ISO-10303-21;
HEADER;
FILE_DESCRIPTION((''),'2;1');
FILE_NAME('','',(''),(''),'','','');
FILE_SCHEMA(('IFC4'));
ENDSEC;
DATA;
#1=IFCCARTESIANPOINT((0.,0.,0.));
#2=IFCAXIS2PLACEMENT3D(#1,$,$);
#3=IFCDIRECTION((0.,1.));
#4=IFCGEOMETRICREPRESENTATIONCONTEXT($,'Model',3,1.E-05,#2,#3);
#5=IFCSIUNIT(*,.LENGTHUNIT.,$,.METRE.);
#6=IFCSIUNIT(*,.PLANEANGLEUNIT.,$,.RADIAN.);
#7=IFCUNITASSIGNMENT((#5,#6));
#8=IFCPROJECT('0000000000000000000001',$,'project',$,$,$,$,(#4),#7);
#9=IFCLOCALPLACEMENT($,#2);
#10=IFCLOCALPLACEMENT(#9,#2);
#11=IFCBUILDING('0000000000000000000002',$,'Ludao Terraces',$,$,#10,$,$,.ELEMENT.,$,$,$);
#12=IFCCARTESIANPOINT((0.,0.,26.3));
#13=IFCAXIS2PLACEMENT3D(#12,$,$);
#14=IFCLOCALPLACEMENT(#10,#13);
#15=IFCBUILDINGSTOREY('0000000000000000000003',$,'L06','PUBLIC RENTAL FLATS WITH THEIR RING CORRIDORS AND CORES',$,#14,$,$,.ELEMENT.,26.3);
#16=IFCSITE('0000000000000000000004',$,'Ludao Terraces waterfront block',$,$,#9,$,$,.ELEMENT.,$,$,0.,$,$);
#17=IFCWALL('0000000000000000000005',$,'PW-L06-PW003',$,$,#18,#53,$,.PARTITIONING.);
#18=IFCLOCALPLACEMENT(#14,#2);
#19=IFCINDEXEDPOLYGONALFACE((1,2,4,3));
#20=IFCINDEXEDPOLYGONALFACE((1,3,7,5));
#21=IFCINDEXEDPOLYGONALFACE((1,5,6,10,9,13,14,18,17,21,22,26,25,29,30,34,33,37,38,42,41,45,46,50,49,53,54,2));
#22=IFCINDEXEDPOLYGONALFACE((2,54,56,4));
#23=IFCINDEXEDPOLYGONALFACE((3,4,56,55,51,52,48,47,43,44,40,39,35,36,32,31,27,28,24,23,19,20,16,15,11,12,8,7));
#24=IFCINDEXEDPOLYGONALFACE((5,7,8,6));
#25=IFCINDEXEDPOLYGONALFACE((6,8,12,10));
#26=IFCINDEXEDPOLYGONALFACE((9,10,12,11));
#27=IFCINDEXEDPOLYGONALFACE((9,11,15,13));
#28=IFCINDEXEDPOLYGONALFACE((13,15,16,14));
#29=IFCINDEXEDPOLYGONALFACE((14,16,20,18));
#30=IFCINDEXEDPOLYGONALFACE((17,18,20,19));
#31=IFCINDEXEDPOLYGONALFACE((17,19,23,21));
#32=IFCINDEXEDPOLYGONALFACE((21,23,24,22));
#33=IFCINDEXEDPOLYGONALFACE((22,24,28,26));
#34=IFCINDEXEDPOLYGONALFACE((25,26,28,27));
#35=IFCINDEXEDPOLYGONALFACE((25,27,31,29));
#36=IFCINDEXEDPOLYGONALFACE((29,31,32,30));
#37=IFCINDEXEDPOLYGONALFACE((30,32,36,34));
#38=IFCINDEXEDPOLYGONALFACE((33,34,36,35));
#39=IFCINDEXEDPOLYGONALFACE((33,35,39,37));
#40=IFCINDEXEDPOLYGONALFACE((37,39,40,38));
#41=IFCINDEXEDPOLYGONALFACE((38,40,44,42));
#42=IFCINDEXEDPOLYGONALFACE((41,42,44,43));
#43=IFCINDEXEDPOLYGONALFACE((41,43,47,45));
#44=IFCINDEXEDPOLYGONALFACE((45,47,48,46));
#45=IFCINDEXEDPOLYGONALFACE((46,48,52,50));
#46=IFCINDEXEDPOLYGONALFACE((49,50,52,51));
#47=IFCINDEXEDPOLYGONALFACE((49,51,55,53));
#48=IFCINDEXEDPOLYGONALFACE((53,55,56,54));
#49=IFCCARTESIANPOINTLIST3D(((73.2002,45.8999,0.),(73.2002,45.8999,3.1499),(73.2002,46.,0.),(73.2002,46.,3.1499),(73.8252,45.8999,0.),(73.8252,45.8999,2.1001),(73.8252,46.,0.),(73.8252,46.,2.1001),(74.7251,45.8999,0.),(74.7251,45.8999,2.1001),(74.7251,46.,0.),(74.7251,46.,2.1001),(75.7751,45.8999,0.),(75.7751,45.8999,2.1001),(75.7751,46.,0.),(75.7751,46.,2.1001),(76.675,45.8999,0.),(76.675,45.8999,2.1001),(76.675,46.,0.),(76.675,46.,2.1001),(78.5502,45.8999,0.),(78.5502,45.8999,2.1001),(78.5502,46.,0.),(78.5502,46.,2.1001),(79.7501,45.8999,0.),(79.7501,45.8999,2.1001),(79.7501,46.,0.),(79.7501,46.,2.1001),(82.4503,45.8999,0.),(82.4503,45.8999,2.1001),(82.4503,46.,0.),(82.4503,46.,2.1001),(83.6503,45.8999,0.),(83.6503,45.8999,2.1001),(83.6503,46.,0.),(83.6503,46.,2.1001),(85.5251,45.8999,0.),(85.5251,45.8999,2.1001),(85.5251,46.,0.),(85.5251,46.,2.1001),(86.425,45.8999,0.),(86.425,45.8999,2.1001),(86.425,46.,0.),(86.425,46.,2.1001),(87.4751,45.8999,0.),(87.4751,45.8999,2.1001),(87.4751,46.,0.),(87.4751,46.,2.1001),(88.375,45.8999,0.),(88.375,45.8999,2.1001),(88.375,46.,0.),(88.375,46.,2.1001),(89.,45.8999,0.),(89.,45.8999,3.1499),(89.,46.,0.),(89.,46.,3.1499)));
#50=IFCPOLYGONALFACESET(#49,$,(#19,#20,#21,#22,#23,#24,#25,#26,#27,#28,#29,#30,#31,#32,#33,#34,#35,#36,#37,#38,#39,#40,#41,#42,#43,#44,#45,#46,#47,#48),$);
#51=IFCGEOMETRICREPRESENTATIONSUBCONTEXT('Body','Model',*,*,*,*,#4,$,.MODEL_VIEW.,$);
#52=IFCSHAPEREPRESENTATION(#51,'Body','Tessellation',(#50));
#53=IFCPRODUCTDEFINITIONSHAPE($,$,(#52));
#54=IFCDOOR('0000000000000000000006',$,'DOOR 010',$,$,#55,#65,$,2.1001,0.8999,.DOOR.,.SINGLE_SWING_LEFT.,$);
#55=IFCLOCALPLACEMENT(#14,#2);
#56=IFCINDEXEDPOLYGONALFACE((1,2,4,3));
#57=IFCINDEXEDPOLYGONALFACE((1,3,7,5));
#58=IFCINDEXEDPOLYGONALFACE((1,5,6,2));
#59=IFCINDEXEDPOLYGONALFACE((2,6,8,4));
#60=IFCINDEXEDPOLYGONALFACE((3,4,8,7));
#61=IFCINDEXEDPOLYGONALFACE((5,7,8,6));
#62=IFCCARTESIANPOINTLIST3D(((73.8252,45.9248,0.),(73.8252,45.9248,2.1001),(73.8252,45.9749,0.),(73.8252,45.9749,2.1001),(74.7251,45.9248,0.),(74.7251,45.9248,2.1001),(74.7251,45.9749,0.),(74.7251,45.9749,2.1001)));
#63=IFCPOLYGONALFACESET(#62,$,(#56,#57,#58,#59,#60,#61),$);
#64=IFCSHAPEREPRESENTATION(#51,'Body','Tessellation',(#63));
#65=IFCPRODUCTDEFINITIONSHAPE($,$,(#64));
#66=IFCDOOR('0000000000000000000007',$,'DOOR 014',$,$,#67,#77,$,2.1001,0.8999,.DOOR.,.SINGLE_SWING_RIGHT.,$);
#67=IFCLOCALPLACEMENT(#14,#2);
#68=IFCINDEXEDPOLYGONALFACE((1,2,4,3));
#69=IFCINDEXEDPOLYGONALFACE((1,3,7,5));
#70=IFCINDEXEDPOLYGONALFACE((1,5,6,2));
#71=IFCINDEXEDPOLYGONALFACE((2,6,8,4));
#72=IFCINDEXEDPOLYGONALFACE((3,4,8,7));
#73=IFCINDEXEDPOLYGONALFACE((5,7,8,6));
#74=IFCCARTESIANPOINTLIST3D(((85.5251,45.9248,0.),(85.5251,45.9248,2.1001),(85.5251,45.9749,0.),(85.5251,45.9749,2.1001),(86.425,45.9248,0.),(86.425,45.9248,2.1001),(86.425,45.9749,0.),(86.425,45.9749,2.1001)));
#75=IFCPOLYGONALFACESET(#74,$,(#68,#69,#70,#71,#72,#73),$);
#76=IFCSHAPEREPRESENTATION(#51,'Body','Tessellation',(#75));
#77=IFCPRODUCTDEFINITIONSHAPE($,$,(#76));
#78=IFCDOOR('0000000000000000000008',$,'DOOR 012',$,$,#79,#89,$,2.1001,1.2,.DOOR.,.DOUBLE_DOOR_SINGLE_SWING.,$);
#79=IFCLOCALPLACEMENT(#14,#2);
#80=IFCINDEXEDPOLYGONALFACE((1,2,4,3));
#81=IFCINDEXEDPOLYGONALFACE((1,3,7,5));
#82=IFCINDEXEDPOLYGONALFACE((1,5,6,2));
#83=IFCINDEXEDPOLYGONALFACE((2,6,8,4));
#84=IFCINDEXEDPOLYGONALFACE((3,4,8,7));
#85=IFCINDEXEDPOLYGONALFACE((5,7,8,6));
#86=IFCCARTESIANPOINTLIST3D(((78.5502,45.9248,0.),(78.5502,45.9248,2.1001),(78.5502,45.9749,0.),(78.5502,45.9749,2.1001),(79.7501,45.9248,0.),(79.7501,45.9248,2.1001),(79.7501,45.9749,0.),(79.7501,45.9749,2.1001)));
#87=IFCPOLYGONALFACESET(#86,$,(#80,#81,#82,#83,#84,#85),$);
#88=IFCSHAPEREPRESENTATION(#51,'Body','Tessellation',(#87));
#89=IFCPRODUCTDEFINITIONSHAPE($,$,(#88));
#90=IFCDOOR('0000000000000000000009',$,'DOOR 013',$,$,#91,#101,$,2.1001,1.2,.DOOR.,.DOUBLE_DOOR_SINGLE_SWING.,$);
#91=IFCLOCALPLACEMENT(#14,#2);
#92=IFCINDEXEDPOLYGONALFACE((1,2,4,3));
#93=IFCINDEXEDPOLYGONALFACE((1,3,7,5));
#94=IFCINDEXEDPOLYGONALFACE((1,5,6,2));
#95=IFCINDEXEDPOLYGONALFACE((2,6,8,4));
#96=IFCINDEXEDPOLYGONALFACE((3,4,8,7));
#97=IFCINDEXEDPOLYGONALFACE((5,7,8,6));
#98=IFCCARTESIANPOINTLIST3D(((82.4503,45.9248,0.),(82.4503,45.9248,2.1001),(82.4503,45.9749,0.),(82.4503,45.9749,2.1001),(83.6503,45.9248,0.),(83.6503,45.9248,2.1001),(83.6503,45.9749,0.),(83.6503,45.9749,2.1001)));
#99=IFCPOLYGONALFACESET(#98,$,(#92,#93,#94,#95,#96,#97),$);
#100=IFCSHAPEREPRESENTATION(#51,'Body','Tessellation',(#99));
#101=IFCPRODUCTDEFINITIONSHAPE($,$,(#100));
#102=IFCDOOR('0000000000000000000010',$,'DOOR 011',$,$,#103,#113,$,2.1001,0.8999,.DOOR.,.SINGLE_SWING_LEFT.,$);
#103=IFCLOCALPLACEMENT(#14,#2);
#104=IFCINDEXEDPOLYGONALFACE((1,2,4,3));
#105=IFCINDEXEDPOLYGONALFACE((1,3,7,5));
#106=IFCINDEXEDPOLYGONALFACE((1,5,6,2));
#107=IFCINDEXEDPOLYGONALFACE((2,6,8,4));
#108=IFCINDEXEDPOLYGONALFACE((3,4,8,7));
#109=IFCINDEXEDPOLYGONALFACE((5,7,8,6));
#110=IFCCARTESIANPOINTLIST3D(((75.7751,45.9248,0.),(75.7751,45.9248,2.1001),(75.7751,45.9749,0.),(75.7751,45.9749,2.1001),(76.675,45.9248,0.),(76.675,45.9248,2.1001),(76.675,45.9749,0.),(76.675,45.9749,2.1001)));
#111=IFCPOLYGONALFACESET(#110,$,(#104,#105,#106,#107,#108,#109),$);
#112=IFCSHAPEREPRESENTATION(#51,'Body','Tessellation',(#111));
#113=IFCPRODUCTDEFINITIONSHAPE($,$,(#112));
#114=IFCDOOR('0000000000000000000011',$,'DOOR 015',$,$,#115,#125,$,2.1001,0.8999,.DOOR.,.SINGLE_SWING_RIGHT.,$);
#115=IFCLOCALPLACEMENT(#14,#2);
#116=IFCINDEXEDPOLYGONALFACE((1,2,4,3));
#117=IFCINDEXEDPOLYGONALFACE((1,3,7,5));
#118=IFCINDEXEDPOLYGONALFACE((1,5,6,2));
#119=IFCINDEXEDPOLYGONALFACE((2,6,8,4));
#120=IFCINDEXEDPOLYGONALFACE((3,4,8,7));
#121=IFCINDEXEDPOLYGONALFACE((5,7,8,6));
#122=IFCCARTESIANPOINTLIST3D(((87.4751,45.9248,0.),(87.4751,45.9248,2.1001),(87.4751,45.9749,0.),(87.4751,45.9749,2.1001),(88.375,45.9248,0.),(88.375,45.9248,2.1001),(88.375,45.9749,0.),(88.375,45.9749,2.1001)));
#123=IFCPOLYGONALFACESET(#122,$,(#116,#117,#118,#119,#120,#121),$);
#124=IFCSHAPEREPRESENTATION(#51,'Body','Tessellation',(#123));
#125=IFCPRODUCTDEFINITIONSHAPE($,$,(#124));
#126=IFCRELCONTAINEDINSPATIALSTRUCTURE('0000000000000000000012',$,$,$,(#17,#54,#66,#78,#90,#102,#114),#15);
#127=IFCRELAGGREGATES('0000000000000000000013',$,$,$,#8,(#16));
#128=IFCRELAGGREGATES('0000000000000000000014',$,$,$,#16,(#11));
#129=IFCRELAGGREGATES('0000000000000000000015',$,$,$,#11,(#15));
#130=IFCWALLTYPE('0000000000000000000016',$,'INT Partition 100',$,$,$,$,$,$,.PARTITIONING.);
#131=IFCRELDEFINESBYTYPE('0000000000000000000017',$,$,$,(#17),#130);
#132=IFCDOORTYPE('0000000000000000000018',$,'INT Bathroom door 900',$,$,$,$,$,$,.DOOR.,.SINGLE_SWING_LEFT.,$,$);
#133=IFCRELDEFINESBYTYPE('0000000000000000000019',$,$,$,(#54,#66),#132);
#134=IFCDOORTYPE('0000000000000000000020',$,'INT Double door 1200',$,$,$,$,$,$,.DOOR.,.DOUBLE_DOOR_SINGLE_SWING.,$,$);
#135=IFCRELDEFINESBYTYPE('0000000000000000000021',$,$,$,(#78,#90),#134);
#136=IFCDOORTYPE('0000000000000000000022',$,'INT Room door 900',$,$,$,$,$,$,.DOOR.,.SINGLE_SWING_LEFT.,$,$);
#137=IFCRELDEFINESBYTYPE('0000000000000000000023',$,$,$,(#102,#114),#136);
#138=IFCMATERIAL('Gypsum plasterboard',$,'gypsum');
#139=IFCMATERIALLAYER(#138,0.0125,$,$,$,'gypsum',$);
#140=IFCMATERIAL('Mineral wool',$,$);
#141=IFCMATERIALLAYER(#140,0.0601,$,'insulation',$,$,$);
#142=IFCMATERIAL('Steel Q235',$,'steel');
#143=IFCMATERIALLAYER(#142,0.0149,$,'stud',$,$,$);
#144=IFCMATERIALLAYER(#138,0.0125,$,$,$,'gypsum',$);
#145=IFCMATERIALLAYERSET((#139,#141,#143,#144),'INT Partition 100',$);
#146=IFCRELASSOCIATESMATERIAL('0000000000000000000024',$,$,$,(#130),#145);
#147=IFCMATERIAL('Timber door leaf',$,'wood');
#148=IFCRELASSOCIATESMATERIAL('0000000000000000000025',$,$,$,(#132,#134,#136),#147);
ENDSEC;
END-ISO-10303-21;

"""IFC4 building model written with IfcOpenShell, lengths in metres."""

from ifc_helpers import new_model, si_unit, direction, frame, frame_2d, origin, place, context, subcontext, project, spatial, rectangle, extrude, material, layer, layer_set, type_object, element, fill, save


model = new_model("IFC4")

# Units and contexts
model_context = context("Model", 3, precision=1e-05, world=origin(), true_north=direction((0.0, 1.0)))
body_context = subcontext(model_context, "Body", "Model", "MODEL_VIEW")
ifc_project = project(units=[si_unit("LENGTHUNIT", "METRE"), si_unit("PLANEANGLEUNIT", "RADIAN")], contexts=[model_context])

# Site, building, storey
site_placement = place(None, origin())
site = spatial("IfcSite", under=ifc_project, at=site_placement, Name="Ludao Terraces waterfront block", CompositionType="ELEMENT", RefElevation=0.0)
building_placement = place(site_placement, origin())
building = spatial("IfcBuilding", under=site, at=building_placement, Name="Ludao Terraces", CompositionType="ELEMENT")
storey_placement = place(building_placement, frame((0.0, 0.0, 26.3)))
storey = spatial("IfcBuildingStorey", under=building, at=storey_placement, Name="L06", Description="PUBLIC RENTAL FLATS WITH THEIR RING CORRIDORS AND CORES", CompositionType="ELEMENT", Elevation=26.3)

# Shared definitions
ifc_material_1 = material(Name="Mineral wool")

# Wall, openings, doors
ifc_material_2 = material(Name="Gypsum plasterboard", Category="gypsum")
ifc_layer_1 = layer(ifc_material_2, 0.0125, Category="gypsum")
ifc_layer_2 = layer(ifc_material_1, 0.0601, Name="insulation")
ifc_material_3 = material(Name="Steel Q235", Category="steel")
ifc_layer_3 = layer(ifc_material_3, 0.0149, Name="stud")
ifc_layer_4 = layer(ifc_material_2, 0.0125, Category="gypsum")
ifc_layer_set_1 = layer_set([ifc_layer_1, ifc_layer_2, ifc_layer_3, ifc_layer_4], Name="INT Partition 100")
wall_type_1 = type_object("IfcWallType", Name="INT Partition 100", PredefinedType="PARTITIONING", material=ifc_layer_set_1)
wall_1_placement = place(storey_placement, frame((73.2002, 45.95, 0.0), z_axis=(0.0, 0.0, 1.0), x_axis=(1.0, 0.0, 0.0)))
wall_1 = element("IfcWall", 1, at=wall_1_placement, inside=storey, type_object=wall_type_1, Name="PW-L06-PW003", PredefinedType="PARTITIONING", context=body_context, shape_type="SweptSolid", body=[
    extrude(rectangle(XDim=15.7998, YDim=0.1001, at=frame_2d((7.8999, 0.0))), origin(), (0.0, 0.0, 1.0), 3.1499),
])
opening_1_placement = place(wall_1_placement, frame((0.625, 0.0, 0.0)))
opening_1 = element("IfcOpeningElement", 2, at=opening_1_placement, cuts=wall_1, PredefinedType="OPENING", context=body_context, shape_type="SweptSolid", body=[
    extrude(rectangle(XDim=0.8999, YDim=2.1001, at=frame_2d((0.45, 1.05))), frame((0.0, 0.0601, 0.0), z_axis=(0.0, -1.0, 0.0), x_axis=(1.0, 0.0, 0.0)), (0.0, 0.0, 1.0), 0.1201),
])
opening_2_placement = place(wall_1_placement, frame((2.575, 0.0, 0.0)))
opening_2 = element("IfcOpeningElement", 3, at=opening_2_placement, cuts=wall_1, PredefinedType="OPENING", context=body_context, shape_type="SweptSolid", body=[
    extrude(rectangle(XDim=0.8999, YDim=2.1001, at=frame_2d((0.45, 1.05))), frame((0.0, 0.0601, 0.0), z_axis=(0.0, -1.0, 0.0), x_axis=(1.0, 0.0, 0.0)), (0.0, 0.0, 1.0), 0.1201),
])
opening_3_placement = place(wall_1_placement, frame((5.3499, 0.0, 0.0)))
opening_3 = element("IfcOpeningElement", 4, at=opening_3_placement, cuts=wall_1, PredefinedType="OPENING", context=body_context, shape_type="SweptSolid", body=[
    extrude(rectangle(XDim=1.2, YDim=2.1001, at=frame_2d((0.6001, 1.05))), frame((0.0, 0.0601, 0.0), z_axis=(0.0, -1.0, 0.0), x_axis=(1.0, 0.0, 0.0)), (0.0, 0.0, 1.0), 0.1201),
])
opening_4_placement = place(wall_1_placement, frame((9.25, 0.0, 0.0)))
opening_4 = element("IfcOpeningElement", 5, at=opening_4_placement, cuts=wall_1, PredefinedType="OPENING", context=body_context, shape_type="SweptSolid", body=[
    extrude(rectangle(XDim=1.2, YDim=2.1001, at=frame_2d((0.6001, 1.05))), frame((0.0, 0.0601, 0.0), z_axis=(0.0, -1.0, 0.0), x_axis=(1.0, 0.0, 0.0)), (0.0, 0.0, 1.0), 0.1201),
])
opening_5_placement = place(wall_1_placement, frame((12.325, 0.0, 0.0)))
opening_5 = element("IfcOpeningElement", 6, at=opening_5_placement, cuts=wall_1, PredefinedType="OPENING", context=body_context, shape_type="SweptSolid", body=[
    extrude(rectangle(XDim=0.8999, YDim=2.1001, at=frame_2d((0.45, 1.05))), frame((0.0, 0.0601, 0.0), z_axis=(0.0, -1.0, 0.0), x_axis=(1.0, 0.0, 0.0)), (0.0, 0.0, 1.0), 0.1201),
])
opening_6_placement = place(wall_1_placement, frame((14.2749, 0.0, 0.0)))
opening_6 = element("IfcOpeningElement", 7, at=opening_6_placement, cuts=wall_1, PredefinedType="OPENING", context=body_context, shape_type="SweptSolid", body=[
    extrude(rectangle(XDim=0.8999, YDim=2.1001, at=frame_2d((0.45, 1.05))), frame((0.0, 0.0601, 0.0), z_axis=(0.0, -1.0, 0.0), x_axis=(1.0, 0.0, 0.0)), (0.0, 0.0, 1.0), 0.1201),
])
ifc_material_4 = material(Name="Timber door leaf", Category="wood")
door_type_1 = type_object("IfcDoorType", Name="INT Bathroom door 900", OperationType="SINGLE_SWING_LEFT", PredefinedType="DOOR", material=ifc_material_4)
door_1_placement = place(opening_1_placement, origin())
door_1 = element("IfcDoor", 8, at=door_1_placement, inside=storey, type_object=door_type_1, Name="DOOR 010", OperationType="SINGLE_SWING_LEFT", OverallHeight=2.1001, OverallWidth=0.8999, PredefinedType="DOOR", context=body_context, shape_type="SweptSolid", body=[
    extrude(rectangle(XDim=0.8999, YDim=2.1001, at=frame_2d((0.45, 1.05))), frame((0.0, 0.0249, 0.0), z_axis=(0.0, -1.0, 0.0), x_axis=(1.0, 0.0, 0.0)), (0.0, 0.0, 1.0), 0.05),
])
fill(opening_1, door_1)
door_2_placement = place(opening_5_placement, origin())
door_2 = element("IfcDoor", 9, at=door_2_placement, inside=storey, type_object=door_type_1, Name="DOOR 014", OperationType="SINGLE_SWING_RIGHT", OverallHeight=2.1001, OverallWidth=0.8999, PredefinedType="DOOR", context=body_context, shape_type="SweptSolid", body=[
    extrude(rectangle(XDim=0.8999, YDim=2.1001, at=frame_2d((0.45, 1.05))), frame((0.0, 0.0249, 0.0), z_axis=(0.0, -1.0, 0.0), x_axis=(1.0, 0.0, 0.0)), (0.0, 0.0, 1.0), 0.05),
])
fill(opening_5, door_2)
door_type_2 = type_object("IfcDoorType", Name="INT Double door 1200", OperationType="DOUBLE_DOOR_SINGLE_SWING", PredefinedType="DOOR", material=ifc_material_4)
door_3_placement = place(opening_3_placement, origin())
door_3 = element("IfcDoor", 10, at=door_3_placement, inside=storey, type_object=door_type_2, Name="DOOR 012", OperationType="DOUBLE_DOOR_SINGLE_SWING", OverallHeight=2.1001, OverallWidth=1.2, PredefinedType="DOOR", context=body_context, shape_type="SweptSolid", body=[
    extrude(rectangle(XDim=1.2, YDim=2.1001, at=frame_2d((0.6001, 1.05))), frame((0.0, 0.0249, 0.0), z_axis=(0.0, -1.0, 0.0), x_axis=(1.0, 0.0, 0.0)), (0.0, 0.0, 1.0), 0.05),
])
fill(opening_3, door_3)
door_4_placement = place(opening_4_placement, origin())
door_4 = element("IfcDoor", 11, at=door_4_placement, inside=storey, type_object=door_type_2, Name="DOOR 013", OperationType="DOUBLE_DOOR_SINGLE_SWING", OverallHeight=2.1001, OverallWidth=1.2, PredefinedType="DOOR", context=body_context, shape_type="SweptSolid", body=[
    extrude(rectangle(XDim=1.2, YDim=2.1001, at=frame_2d((0.6001, 1.05))), frame((0.0, 0.0249, 0.0), z_axis=(0.0, -1.0, 0.0), x_axis=(1.0, 0.0, 0.0)), (0.0, 0.0, 1.0), 0.05),
])
fill(opening_4, door_4)
door_type_3 = type_object("IfcDoorType", Name="INT Room door 900", OperationType="SINGLE_SWING_LEFT", PredefinedType="DOOR", material=ifc_material_4)
door_5_placement = place(opening_2_placement, origin())
door_5 = element("IfcDoor", 12, at=door_5_placement, inside=storey, type_object=door_type_3, Name="DOOR 011", OperationType="SINGLE_SWING_LEFT", OverallHeight=2.1001, OverallWidth=0.8999, PredefinedType="DOOR", context=body_context, shape_type="SweptSolid", body=[
    extrude(rectangle(XDim=0.8999, YDim=2.1001, at=frame_2d((0.45, 1.05))), frame((0.0, 0.0249, 0.0), z_axis=(0.0, -1.0, 0.0), x_axis=(1.0, 0.0, 0.0)), (0.0, 0.0, 1.0), 0.05),
])
fill(opening_2, door_5)
door_6_placement = place(opening_6_placement, origin())
door_6 = element("IfcDoor", 13, at=door_6_placement, inside=storey, type_object=door_type_3, Name="DOOR 015", OperationType="SINGLE_SWING_RIGHT", OverallHeight=2.1001, OverallWidth=0.8999, PredefinedType="DOOR", context=body_context, shape_type="SweptSolid", body=[
    extrude(rectangle(XDim=0.8999, YDim=2.1001, at=frame_2d((0.45, 1.05))), frame((0.0, 0.0249, 0.0), z_axis=(0.0, -1.0, 0.0), x_axis=(1.0, 0.0, 0.0)), (0.0, 0.0, 1.0), 0.05),
])
fill(opening_6, door_6)

save(model, "model.ifc")
